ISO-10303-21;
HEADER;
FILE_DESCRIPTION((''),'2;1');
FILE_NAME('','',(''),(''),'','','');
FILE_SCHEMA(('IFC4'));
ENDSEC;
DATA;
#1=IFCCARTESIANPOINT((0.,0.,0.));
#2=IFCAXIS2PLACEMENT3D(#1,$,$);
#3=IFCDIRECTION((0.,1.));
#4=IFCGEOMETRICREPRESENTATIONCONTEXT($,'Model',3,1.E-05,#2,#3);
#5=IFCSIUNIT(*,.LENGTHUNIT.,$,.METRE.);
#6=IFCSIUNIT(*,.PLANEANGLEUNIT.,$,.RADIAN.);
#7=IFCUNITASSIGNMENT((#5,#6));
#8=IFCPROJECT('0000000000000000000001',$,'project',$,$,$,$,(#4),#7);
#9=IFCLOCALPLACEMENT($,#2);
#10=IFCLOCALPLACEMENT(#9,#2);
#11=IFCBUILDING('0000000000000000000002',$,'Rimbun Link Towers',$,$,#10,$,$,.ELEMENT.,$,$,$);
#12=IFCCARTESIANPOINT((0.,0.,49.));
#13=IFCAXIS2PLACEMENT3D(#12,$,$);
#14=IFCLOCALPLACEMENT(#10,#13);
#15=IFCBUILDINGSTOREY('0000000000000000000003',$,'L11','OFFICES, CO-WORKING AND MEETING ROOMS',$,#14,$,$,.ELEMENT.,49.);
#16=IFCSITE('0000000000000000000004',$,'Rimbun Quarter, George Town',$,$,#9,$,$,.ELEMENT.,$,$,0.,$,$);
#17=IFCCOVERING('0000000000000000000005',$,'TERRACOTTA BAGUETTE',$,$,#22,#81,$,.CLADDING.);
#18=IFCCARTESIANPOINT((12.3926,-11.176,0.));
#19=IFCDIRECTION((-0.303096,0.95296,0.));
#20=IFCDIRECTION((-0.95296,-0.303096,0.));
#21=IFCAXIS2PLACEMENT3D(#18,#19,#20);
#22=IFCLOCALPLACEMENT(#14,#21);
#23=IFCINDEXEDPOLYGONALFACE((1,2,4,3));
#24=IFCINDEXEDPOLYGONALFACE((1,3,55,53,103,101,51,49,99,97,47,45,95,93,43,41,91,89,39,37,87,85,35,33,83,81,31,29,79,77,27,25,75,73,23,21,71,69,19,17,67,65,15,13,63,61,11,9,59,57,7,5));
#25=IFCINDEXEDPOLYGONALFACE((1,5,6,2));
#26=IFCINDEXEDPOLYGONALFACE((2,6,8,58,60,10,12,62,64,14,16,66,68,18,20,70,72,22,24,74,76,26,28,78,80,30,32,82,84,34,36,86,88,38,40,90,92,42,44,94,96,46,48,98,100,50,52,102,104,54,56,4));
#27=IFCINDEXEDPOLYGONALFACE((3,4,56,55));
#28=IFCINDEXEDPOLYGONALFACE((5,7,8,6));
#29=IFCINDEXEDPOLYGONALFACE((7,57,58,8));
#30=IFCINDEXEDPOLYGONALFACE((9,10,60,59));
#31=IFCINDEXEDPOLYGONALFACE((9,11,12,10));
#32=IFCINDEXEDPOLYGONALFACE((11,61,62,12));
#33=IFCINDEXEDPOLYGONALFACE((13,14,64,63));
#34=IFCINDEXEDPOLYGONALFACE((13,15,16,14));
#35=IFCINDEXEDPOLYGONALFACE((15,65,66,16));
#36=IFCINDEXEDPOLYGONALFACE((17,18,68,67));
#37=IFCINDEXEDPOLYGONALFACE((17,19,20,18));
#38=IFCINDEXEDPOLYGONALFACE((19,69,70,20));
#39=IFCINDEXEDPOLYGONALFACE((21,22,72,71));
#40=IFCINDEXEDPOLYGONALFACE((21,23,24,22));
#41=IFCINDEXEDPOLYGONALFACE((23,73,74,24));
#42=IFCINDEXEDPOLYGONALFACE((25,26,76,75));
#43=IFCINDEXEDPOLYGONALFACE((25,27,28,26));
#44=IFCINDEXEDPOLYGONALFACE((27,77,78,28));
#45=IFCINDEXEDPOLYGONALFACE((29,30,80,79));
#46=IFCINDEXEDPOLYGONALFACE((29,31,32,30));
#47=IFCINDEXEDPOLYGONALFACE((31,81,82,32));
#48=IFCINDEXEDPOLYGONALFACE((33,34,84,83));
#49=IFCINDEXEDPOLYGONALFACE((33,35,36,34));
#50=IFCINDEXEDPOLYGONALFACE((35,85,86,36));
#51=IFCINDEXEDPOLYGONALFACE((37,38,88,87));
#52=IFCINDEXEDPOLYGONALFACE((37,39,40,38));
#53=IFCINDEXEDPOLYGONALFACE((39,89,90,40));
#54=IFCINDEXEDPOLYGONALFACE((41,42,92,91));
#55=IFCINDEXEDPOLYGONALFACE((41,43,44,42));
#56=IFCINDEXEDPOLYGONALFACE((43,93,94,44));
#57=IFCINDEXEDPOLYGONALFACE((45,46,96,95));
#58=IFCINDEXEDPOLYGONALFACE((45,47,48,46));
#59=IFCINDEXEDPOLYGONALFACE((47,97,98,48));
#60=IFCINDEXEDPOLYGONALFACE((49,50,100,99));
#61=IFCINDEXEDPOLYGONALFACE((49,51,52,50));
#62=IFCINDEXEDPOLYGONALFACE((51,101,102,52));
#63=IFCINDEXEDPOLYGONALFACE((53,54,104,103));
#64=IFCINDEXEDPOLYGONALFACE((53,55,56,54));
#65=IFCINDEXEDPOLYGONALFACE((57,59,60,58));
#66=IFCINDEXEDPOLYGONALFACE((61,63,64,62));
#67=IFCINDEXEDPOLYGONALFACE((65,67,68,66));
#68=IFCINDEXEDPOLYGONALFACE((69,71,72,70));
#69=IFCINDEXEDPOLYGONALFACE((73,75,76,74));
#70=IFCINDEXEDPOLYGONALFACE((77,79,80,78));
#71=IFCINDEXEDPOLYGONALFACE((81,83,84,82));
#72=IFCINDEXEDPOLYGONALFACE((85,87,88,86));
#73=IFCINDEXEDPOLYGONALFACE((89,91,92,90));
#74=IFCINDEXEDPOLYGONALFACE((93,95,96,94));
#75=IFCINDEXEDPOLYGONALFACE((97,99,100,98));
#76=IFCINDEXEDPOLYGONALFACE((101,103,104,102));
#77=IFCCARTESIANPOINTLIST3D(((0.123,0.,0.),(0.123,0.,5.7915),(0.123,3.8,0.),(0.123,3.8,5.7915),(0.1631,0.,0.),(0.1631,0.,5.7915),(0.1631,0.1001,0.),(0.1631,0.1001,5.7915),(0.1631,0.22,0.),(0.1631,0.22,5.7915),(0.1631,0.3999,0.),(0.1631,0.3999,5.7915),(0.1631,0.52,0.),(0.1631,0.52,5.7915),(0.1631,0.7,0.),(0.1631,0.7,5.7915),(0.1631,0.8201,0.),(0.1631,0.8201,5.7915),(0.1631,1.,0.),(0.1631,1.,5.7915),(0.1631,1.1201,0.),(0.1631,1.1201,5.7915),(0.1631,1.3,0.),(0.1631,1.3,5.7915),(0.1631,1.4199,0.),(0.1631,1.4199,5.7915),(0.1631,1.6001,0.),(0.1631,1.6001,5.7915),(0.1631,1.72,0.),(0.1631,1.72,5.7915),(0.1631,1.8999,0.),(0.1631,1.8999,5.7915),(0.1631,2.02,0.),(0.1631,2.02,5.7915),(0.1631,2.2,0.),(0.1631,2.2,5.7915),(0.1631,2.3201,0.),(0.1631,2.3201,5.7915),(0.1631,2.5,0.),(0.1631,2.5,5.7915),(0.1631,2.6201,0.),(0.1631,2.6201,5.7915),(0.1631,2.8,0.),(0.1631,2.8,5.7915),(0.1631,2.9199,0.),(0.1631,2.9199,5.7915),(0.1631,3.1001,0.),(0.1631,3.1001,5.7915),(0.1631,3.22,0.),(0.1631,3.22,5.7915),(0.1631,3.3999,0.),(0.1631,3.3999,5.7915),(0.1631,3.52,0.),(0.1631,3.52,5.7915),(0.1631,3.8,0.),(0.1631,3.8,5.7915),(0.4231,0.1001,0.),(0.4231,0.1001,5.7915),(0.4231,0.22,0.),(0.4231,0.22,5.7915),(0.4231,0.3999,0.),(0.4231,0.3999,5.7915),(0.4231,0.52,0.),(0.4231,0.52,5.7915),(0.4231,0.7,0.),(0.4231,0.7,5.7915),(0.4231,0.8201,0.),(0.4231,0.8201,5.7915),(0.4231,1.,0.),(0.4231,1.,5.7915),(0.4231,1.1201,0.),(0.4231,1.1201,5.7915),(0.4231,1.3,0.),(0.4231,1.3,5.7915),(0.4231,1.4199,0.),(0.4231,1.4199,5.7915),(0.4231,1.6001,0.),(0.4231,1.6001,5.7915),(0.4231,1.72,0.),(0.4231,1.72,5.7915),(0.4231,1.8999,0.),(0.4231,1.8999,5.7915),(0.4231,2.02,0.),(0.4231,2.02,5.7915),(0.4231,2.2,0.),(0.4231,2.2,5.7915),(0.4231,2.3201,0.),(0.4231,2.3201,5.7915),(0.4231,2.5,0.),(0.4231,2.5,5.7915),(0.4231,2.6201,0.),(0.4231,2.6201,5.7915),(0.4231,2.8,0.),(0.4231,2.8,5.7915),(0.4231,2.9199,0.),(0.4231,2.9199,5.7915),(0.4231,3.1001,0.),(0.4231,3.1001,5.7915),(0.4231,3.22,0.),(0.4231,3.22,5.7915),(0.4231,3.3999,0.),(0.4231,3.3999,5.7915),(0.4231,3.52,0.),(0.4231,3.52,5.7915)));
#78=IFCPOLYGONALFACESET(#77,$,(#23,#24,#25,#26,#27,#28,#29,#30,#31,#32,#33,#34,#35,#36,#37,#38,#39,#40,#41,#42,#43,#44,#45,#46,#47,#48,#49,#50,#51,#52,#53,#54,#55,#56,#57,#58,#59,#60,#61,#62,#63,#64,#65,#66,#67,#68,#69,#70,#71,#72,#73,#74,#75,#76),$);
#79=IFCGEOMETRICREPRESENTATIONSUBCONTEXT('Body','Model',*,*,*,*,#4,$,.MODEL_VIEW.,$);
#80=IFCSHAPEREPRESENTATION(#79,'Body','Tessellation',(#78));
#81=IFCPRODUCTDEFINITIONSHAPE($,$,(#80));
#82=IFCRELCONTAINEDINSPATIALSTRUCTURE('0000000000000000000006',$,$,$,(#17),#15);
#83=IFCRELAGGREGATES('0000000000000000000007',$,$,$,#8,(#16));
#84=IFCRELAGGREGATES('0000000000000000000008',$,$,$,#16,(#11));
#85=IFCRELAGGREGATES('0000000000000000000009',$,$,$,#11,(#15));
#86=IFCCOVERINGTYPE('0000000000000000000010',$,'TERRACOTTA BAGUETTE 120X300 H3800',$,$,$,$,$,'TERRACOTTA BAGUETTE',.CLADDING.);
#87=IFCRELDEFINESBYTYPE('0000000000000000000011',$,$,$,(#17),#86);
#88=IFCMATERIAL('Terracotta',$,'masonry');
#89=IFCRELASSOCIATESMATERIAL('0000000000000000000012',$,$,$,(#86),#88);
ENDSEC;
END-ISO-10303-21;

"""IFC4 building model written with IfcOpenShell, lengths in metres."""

from ifc_helpers import new_model, si_unit, direction, frame, origin, place, context, subcontext, project, spatial, polyline, outline, extrude, material, material_profile, profile_set, type_object, element, save


model = new_model("IFC4")

# Units and contexts
model_context = context("Model", 3, precision=1e-05, world=origin(), true_north=direction((0.0, 1.0)))
body_context = subcontext(model_context, "Body", "Model", "MODEL_VIEW")
ifc_project = project(units=[si_unit("LENGTHUNIT", "METRE"), si_unit("PLANEANGLEUNIT", "RADIAN")], contexts=[model_context])

# Site, building, storey
site_placement = place(None, origin())
site = spatial("IfcSite", under=ifc_project, at=site_placement, Name="Rimbun Quarter, George Town", CompositionType="ELEMENT", RefElevation=0.0)
building_placement = place(site_placement, origin())
building = spatial("IfcBuilding", under=site, at=building_placement, Name="Rimbun Link Towers", CompositionType="ELEMENT")
storey_placement = place(building_placement, frame((0.0, 0.0, 49.0)))
storey = spatial("IfcBuildingStorey", under=building, at=storey_placement, Name="L11", Description="OFFICES, CO-WORKING AND MEETING ROOMS", CompositionType="ELEMENT", Elevation=49.0)

# Covering
ifc_material_1 = material(Name="Terracotta", Category="masonry")
ifc_material_profile_1 = material_profile(ifc_material_1, outline(polyline([(0.123, 0.0), (0.1631, 0.0), (0.1631, 0.1001), (0.4231, 0.1001), (0.4231, 0.22), (0.1631, 0.22), (0.1631, 0.3999), (0.4231, 0.3999), (0.4231, 0.52), (0.1631, 0.52), (0.1631, 0.7), (0.4231, 0.7), (0.4231, 0.8201), (0.1631, 0.8201), (0.1631, 1.0), (0.4231, 1.0), (0.4231, 1.1201), (0.1631, 1.1201), (0.1631, 1.3), (0.4231, 1.3), (0.4231, 1.4199), (0.1631, 1.4199), (0.1631, 1.6001), (0.4231, 1.6001), (0.4231, 1.72), (0.1631, 1.72), (0.1631, 1.8999), (0.4231, 1.8999), (0.4231, 2.02), (0.1631, 2.02), (0.1631, 2.2), (0.4231, 2.2), (0.4231, 2.3201), (0.1631, 2.3201), (0.1631, 2.5), (0.4231, 2.5), (0.4231, 2.6201), (0.1631, 2.6201), (0.1631, 2.8), (0.4231, 2.8), (0.4231, 2.9199), (0.1631, 2.9199), (0.1631, 3.1001), (0.4231, 3.1001), (0.4231, 3.22), (0.1631, 3.22), (0.1631, 3.3999), (0.4231, 3.3999), (0.4231, 3.52), (0.1631, 3.52), (0.1631, 3.8), (0.123, 3.8), (0.123, 0.0)])), Name="BAGUETTE 120X300")
ifc_profile_set_1 = profile_set([ifc_material_profile_1], Name="Terracotta")
covering_type_1 = type_object("IfcCoveringType", Name="TERRACOTTA BAGUETTE 120X300 H3800", ElementType="TERRACOTTA BAGUETTE", PredefinedType="CLADDING", material=ifc_profile_set_1)
covering_1_placement = place(storey_placement, frame((12.3926, -11.176, 0.0), z_axis=(-0.303096, 0.95296, 0.0), x_axis=(-0.95296, -0.303096, 0.0)))
element("IfcCovering", 1, at=covering_1_placement, inside=storey, type_object=covering_type_1, Name="TERRACOTTA BAGUETTE", PredefinedType="CLADDING", context=body_context, shape_type="SweptSolid", body=[
    extrude(outline(polyline([(0.123, 0.0), (0.1631, 0.0), (0.1631, 0.1001), (0.4231, 0.1001), (0.4231, 0.22), (0.1631, 0.22), (0.1631, 0.3999), (0.4231, 0.3999), (0.4231, 0.52), (0.1631, 0.52), (0.1631, 0.7), (0.4231, 0.7), (0.4231, 0.8201), (0.1631, 0.8201), (0.1631, 1.0), (0.4231, 1.0), (0.4231, 1.1201), (0.1631, 1.1201), (0.1631, 1.3), (0.4231, 1.3), (0.4231, 1.4199), (0.1631, 1.4199), (0.1631, 1.6001), (0.4231, 1.6001), (0.4231, 1.72), (0.1631, 1.72), (0.1631, 1.8999), (0.4231, 1.8999), (0.4231, 2.02), (0.1631, 2.02), (0.1631, 2.2), (0.4231, 2.2), (0.4231, 2.3201), (0.1631, 2.3201), (0.1631, 2.5), (0.4231, 2.5), (0.4231, 2.6201), (0.1631, 2.6201), (0.1631, 2.8), (0.4231, 2.8), (0.4231, 2.9199), (0.1631, 2.9199), (0.1631, 3.1001), (0.4231, 3.1001), (0.4231, 3.22), (0.1631, 3.22), (0.1631, 3.3999), (0.4231, 3.3999), (0.4231, 3.52), (0.1631, 3.52), (0.1631, 3.8), (0.123, 3.8), (0.123, 0.0)])), origin(), (0.0, 0.0, 1.0), 5.7915),
])

save(model, "model.ifc")
